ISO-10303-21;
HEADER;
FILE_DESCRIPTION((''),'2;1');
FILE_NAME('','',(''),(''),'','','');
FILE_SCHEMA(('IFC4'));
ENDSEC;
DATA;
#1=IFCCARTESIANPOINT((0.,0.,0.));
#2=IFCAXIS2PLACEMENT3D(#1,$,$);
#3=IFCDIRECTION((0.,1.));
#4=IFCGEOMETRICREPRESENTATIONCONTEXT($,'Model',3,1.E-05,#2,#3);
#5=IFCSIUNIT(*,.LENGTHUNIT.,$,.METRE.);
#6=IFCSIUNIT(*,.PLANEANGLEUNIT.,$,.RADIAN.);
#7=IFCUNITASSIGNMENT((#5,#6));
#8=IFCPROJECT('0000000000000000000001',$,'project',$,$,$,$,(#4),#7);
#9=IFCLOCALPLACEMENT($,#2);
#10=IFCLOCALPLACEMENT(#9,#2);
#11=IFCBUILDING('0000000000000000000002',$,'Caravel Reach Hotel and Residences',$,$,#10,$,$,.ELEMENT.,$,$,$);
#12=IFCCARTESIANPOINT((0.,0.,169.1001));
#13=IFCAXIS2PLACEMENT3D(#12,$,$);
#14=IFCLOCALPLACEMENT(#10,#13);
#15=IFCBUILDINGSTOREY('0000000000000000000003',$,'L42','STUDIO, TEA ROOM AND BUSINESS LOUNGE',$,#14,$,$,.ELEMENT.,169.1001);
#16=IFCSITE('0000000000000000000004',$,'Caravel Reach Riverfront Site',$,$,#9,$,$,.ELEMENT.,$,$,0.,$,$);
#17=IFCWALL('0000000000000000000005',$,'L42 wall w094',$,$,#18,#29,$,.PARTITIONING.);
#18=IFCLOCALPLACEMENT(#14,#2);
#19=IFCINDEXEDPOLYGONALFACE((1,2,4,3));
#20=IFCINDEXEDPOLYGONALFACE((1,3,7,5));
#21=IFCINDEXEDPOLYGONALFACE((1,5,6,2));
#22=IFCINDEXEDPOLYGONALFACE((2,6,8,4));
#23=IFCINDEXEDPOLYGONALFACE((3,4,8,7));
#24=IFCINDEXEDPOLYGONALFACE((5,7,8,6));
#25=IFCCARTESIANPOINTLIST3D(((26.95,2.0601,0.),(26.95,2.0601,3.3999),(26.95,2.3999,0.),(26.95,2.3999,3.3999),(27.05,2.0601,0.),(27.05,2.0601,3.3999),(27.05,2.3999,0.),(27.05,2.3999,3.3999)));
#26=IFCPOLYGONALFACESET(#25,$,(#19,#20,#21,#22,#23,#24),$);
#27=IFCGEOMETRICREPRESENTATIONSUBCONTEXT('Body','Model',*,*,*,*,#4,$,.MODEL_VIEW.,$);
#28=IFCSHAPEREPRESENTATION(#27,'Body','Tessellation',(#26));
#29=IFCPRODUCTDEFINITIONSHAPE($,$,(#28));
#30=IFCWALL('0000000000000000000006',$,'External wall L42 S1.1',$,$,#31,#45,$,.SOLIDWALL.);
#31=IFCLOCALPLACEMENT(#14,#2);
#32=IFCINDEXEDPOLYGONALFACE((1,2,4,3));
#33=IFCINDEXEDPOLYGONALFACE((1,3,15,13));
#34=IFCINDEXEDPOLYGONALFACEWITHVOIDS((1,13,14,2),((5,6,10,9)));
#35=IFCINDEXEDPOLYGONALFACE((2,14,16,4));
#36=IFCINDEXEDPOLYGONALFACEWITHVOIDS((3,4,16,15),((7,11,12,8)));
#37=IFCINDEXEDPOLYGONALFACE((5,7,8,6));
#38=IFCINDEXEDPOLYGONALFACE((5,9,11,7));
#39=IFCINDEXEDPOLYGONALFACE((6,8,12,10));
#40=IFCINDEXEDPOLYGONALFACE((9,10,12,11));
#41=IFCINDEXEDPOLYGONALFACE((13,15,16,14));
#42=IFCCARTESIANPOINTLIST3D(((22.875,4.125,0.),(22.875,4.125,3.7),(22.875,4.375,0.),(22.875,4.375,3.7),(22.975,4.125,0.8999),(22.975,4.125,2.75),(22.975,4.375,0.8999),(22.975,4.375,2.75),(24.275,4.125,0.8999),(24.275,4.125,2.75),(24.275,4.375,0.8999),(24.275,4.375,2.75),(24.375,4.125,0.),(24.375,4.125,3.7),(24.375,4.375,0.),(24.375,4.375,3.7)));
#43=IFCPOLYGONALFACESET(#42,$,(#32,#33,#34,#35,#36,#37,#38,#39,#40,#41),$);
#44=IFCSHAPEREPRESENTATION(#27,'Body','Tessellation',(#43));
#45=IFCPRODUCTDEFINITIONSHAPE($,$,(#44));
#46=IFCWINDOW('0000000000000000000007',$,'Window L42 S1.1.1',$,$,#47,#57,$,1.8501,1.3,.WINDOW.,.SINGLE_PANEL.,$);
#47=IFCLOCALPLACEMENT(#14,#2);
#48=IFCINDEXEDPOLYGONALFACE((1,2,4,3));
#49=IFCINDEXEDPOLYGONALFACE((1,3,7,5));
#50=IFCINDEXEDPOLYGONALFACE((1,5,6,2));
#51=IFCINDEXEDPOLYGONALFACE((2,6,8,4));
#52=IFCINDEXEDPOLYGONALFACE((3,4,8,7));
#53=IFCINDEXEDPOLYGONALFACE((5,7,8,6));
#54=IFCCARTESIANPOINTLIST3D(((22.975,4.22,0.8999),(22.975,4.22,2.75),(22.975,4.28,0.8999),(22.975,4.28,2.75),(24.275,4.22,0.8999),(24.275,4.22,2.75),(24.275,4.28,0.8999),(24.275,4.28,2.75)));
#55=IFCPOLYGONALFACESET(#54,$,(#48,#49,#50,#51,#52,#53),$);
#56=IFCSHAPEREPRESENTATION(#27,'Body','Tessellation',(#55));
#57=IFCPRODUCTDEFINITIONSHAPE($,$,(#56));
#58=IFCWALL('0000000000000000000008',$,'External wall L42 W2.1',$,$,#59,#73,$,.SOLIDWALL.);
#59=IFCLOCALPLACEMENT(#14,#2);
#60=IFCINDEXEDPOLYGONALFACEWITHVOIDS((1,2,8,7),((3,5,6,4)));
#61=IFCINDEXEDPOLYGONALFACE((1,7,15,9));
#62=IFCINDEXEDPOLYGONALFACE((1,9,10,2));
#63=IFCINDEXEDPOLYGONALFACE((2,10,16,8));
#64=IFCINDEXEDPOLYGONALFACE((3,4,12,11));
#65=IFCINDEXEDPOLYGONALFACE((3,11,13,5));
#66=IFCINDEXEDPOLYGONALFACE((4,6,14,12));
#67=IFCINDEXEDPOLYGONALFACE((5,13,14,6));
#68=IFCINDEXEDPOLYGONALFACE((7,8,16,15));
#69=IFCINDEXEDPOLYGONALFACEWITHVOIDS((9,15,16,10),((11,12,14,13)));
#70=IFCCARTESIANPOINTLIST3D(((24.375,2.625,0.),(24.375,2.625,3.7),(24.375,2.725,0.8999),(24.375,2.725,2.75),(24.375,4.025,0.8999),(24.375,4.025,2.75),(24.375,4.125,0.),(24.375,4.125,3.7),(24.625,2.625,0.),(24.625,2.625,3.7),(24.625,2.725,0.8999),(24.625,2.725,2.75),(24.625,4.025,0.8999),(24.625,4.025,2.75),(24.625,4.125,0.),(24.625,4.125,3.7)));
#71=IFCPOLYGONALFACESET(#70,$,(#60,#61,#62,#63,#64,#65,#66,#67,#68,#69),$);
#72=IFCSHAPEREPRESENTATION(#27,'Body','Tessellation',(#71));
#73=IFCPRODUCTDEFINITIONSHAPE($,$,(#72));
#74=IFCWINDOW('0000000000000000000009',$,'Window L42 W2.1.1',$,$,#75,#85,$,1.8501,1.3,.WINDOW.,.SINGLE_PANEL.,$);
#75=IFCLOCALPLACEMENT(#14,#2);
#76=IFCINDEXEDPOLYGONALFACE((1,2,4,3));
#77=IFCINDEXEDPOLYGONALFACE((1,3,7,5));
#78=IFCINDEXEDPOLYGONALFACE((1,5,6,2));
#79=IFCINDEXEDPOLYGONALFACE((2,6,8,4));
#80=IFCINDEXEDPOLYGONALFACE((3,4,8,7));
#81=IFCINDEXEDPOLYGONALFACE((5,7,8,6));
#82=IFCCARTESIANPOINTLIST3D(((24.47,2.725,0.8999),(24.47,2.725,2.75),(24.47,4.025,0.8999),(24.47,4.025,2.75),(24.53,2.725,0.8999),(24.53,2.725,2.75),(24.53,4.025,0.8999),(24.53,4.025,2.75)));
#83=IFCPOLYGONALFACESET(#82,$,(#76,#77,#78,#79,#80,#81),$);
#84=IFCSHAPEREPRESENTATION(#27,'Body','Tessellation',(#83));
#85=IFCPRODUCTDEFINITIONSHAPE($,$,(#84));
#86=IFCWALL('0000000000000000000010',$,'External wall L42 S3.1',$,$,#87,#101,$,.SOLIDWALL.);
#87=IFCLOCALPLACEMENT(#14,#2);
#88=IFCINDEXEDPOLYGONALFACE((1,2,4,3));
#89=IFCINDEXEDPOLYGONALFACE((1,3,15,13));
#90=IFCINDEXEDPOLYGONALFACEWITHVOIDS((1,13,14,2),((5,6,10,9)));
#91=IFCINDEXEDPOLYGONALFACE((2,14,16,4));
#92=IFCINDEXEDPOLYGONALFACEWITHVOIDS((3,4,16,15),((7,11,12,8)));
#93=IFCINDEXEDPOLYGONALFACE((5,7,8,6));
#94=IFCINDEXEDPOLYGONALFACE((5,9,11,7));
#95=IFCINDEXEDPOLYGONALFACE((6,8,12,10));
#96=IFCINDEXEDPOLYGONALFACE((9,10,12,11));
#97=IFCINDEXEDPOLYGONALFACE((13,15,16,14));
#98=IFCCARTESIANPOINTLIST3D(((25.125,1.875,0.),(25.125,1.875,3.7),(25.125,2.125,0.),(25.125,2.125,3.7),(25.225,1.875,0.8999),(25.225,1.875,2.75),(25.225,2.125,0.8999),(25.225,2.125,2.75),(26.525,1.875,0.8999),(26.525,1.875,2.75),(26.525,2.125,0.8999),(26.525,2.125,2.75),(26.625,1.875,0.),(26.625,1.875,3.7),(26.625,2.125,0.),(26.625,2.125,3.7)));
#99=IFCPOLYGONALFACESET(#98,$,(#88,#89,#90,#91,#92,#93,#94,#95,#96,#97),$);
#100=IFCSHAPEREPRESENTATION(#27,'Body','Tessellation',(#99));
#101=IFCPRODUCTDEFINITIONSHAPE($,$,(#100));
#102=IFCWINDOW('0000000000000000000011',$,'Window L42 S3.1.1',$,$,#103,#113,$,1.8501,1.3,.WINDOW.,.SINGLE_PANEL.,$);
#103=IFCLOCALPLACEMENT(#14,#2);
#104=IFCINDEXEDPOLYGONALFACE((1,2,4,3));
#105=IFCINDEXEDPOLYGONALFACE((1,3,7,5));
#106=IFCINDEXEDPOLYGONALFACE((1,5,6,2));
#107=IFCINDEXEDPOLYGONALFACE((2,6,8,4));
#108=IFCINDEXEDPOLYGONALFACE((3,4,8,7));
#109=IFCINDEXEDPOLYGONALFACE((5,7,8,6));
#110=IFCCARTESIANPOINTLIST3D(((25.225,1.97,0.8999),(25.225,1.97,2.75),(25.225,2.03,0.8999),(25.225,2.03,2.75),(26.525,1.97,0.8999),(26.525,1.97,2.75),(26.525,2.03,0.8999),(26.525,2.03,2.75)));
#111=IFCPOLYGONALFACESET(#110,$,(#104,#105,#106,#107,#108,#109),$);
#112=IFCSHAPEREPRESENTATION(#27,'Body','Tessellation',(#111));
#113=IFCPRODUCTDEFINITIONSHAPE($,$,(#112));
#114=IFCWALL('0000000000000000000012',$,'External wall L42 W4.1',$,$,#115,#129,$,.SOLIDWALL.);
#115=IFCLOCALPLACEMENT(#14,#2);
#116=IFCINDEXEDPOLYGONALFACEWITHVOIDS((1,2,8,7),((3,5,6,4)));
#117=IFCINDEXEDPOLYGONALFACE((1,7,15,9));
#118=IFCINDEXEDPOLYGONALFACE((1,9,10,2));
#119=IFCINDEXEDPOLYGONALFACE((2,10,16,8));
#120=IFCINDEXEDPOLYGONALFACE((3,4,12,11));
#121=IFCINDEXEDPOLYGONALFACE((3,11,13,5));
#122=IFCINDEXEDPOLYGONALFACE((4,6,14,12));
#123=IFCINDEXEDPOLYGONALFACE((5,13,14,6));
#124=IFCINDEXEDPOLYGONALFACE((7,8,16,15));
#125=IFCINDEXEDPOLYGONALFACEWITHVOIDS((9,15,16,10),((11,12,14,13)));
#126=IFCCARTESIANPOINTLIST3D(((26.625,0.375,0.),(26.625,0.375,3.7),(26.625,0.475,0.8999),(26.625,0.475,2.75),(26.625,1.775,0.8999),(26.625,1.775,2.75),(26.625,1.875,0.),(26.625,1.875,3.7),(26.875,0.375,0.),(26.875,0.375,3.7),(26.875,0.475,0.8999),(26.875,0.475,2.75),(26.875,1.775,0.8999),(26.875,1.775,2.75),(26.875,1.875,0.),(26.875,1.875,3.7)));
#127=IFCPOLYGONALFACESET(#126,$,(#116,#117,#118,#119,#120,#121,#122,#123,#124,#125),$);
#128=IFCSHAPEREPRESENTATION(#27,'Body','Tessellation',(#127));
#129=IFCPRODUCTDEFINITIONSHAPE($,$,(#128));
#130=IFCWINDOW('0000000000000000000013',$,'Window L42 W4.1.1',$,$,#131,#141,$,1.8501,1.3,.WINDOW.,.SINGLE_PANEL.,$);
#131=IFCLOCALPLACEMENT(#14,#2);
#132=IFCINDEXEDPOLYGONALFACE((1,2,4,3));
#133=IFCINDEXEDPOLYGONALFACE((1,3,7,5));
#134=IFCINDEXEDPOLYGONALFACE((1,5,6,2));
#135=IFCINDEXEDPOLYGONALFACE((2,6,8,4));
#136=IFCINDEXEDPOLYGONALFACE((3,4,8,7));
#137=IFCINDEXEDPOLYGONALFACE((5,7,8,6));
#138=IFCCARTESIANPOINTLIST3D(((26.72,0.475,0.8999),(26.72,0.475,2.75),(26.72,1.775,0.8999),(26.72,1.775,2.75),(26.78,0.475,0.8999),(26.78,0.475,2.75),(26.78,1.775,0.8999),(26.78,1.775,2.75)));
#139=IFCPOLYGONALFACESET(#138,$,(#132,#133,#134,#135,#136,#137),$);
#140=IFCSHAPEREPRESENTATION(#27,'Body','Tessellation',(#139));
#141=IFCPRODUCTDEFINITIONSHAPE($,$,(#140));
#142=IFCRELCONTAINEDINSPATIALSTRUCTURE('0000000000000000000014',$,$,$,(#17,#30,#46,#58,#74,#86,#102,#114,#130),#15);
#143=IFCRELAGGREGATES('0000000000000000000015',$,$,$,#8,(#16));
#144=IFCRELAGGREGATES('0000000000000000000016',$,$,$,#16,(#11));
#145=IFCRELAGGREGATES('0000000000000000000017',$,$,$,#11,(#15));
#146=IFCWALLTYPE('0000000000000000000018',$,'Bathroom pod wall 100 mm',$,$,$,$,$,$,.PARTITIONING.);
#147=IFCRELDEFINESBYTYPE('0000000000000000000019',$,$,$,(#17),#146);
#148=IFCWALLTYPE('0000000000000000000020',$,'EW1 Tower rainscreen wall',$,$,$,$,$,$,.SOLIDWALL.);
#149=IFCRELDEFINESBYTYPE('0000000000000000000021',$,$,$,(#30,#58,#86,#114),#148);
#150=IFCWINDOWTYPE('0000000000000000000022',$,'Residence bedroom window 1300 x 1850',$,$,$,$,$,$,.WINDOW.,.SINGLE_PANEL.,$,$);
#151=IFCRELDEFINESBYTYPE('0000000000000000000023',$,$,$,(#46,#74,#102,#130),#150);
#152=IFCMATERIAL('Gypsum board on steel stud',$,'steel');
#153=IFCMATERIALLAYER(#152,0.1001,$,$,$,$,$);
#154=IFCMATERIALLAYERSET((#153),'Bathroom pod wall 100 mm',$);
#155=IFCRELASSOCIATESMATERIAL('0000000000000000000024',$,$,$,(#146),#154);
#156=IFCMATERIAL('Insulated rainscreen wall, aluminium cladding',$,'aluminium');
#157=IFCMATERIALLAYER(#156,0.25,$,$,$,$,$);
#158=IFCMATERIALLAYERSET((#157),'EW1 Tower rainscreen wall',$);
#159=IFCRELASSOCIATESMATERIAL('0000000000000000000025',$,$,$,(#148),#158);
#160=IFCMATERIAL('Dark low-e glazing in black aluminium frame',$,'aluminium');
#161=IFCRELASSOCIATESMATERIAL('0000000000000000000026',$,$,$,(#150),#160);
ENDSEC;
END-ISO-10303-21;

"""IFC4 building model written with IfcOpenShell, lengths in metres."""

from ifc_helpers import new_model, si_unit, direction, frame, frame_2d, origin, place, context, subcontext, project, spatial, rectangle, extrude, material, layer, layer_set, type_object, element, fill, save


model = new_model("IFC4")

# Units and contexts
model_context = context("Model", 3, precision=1e-05, world=origin(), true_north=direction((0.0, 1.0)))
body_context = subcontext(model_context, "Body", "Model", "MODEL_VIEW")
ifc_project = project(units=[si_unit("LENGTHUNIT", "METRE"), si_unit("PLANEANGLEUNIT", "RADIAN")], contexts=[model_context])

# Site, building, storey
site_placement = place(None, origin())
site = spatial("IfcSite", under=ifc_project, at=site_placement, Name="Caravel Reach Riverfront Site", CompositionType="ELEMENT", RefElevation=0.0)
building_placement = place(site_placement, origin())
building = spatial("IfcBuilding", under=site, at=building_placement, Name="Caravel Reach Hotel and Residences", CompositionType="ELEMENT")
storey_placement = place(building_placement, frame((0.0, 0.0, 169.1001)))
storey = spatial("IfcBuildingStorey", under=building, at=storey_placement, Name="L42", Description="STUDIO, TEA ROOM AND BUSINESS LOUNGE", CompositionType="ELEMENT", Elevation=169.1001)

# Shared definitions
ifc_material_1 = material(Name="Gypsum board on steel stud", Category="steel")
ifc_layer_1 = layer(ifc_material_1, 0.1001)
ifc_layer_set_1 = layer_set([ifc_layer_1], Name="Bathroom pod wall 100 mm")
wall_type_1 = type_object("IfcWallType", Name="Bathroom pod wall 100 mm", PredefinedType="PARTITIONING", material=ifc_layer_set_1)

# Wall
wall_1_placement = place(storey_placement, frame((27.0, 2.0601, 0.0), z_axis=(0.0, 0.0, 1.0), x_axis=(0.0, 1.0, 0.0)))
element("IfcWall", 1, at=wall_1_placement, inside=storey, type_object=wall_type_1, Name="L42 wall w094", PredefinedType="PARTITIONING", context=body_context, shape_type="SweptSolid", body=[
    extrude(rectangle(XDim=0.3398, YDim=0.1001, at=frame_2d((0.1699, 0.0))), origin(), (0.0, 0.0, 1.0), 3.3999),
])

# Walls, openings, windows
ifc_material_2 = material(Name="Insulated rainscreen wall, aluminium cladding", Category="aluminium")
ifc_layer_2 = layer(ifc_material_2, 0.25)
ifc_layer_set_2 = layer_set([ifc_layer_2], Name="EW1 Tower rainscreen wall")
wall_type_2 = type_object("IfcWallType", Name="EW1 Tower rainscreen wall", PredefinedType="SOLIDWALL", material=ifc_layer_set_2)
wall_2_placement = place(storey_placement, frame((22.875, 4.25, 0.0), z_axis=(0.0, 0.0, 1.0), x_axis=(1.0, 0.0, 0.0)))
wall_2 = element("IfcWall", 2, at=wall_2_placement, inside=storey, type_object=wall_type_2, Name="External wall L42 S1.1", PredefinedType="SOLIDWALL", context=body_context, shape_type="SweptSolid", body=[
    extrude(rectangle(XDim=1.5, YDim=0.25, at=frame_2d((0.75, 0.0))), origin(), (0.0, 0.0, 1.0), 3.7),
])
opening_1_placement = place(wall_2_placement, frame((0.1001, 0.0, 0.8999)))
opening_1 = element("IfcOpeningElement", 3, at=opening_1_placement, cuts=wall_2, PredefinedType="OPENING", context=body_context, shape_type="SweptSolid", body=[
    extrude(rectangle(XDim=1.3, YDim=1.8501, at=frame_2d((0.6499, 0.925))), frame((0.0, 0.135, 0.0), z_axis=(0.0, -1.0, 0.0), x_axis=(1.0, 0.0, 0.0)), (0.0, 0.0, 1.0), 0.27),
])
ifc_material_3 = material(Name="Dark low-e glazing in black aluminium frame", Category="aluminium")
window_type_1 = type_object("IfcWindowType", Name="Residence bedroom window 1300 x 1850", PartitioningType="SINGLE_PANEL", PredefinedType="WINDOW", material=ifc_material_3)
window_1_placement = place(opening_1_placement, origin())
window_1 = element("IfcWindow", 4, at=window_1_placement, inside=storey, type_object=window_type_1, Name="Window L42 S1.1.1", OverallHeight=1.8501, OverallWidth=1.3, PartitioningType="SINGLE_PANEL", PredefinedType="WINDOW", context=body_context, shape_type="SweptSolid", body=[
    extrude(rectangle(XDim=1.3, YDim=1.8501, at=frame_2d((0.6499, 0.925))), frame((0.0, 0.03, 0.0), z_axis=(0.0, -1.0, 0.0), x_axis=(1.0, 0.0, 0.0)), (0.0, 0.0, 1.0), 0.0601),
])
fill(opening_1, window_1)
wall_3_placement = place(storey_placement, frame((24.5, 4.125, 0.0), z_axis=(0.0, 0.0, 1.0), x_axis=(0.0, -1.0, 0.0)))
wall_3 = element("IfcWall", 5, at=wall_3_placement, inside=storey, type_object=wall_type_2, Name="External wall L42 W2.1", PredefinedType="SOLIDWALL", context=body_context, shape_type="SweptSolid", body=[
    extrude(rectangle(XDim=1.5, YDim=0.25, at=frame_2d((0.75, 0.0))), origin(), (0.0, 0.0, 1.0), 3.7),
])
opening_2_placement = place(wall_3_placement, frame((0.1001, 0.0, 0.8999)))
opening_2 = element("IfcOpeningElement", 6, at=opening_2_placement, cuts=wall_3, PredefinedType="OPENING", context=body_context, shape_type="SweptSolid", body=[
    extrude(rectangle(XDim=1.3, YDim=1.8501, at=frame_2d((0.6499, 0.925))), frame((0.0, 0.135, 0.0), z_axis=(0.0, -1.0, 0.0), x_axis=(1.0, 0.0, 0.0)), (0.0, 0.0, 1.0), 0.27),
])
window_2_placement = place(opening_2_placement, origin())
window_2 = element("IfcWindow", 7, at=window_2_placement, inside=storey, type_object=window_type_1, Name="Window L42 W2.1.1", OverallHeight=1.8501, OverallWidth=1.3, PartitioningType="SINGLE_PANEL", PredefinedType="WINDOW", context=body_context, shape_type="SweptSolid", body=[
    extrude(rectangle(XDim=1.3, YDim=1.8501, at=frame_2d((0.6499, 0.925))), frame((0.0, 0.03, 0.0), z_axis=(0.0, -1.0, 0.0), x_axis=(1.0, 0.0, 0.0)), (0.0, 0.0, 1.0), 0.0601),
])
fill(opening_2, window_2)
wall_4_placement = place(storey_placement, frame((25.125, 2.0, 0.0), z_axis=(0.0, 0.0, 1.0), x_axis=(1.0, 0.0, 0.0)))
wall_4 = element("IfcWall", 8, at=wall_4_placement, inside=storey, type_object=wall_type_2, Name="External wall L42 S3.1", PredefinedType="SOLIDWALL", context=body_context, shape_type="SweptSolid", body=[
    extrude(rectangle(XDim=1.5, YDim=0.25, at=frame_2d((0.75, 0.0))), origin(), (0.0, 0.0, 1.0), 3.7),
])
opening_3_placement = place(wall_4_placement, frame((0.1001, 0.0, 0.8999)))
opening_3 = element("IfcOpeningElement", 9, at=opening_3_placement, cuts=wall_4, PredefinedType="OPENING", context=body_context, shape_type="SweptSolid", body=[
    extrude(rectangle(XDim=1.3, YDim=1.8501, at=frame_2d((0.6499, 0.925))), frame((0.0, 0.135, 0.0), z_axis=(0.0, -1.0, 0.0), x_axis=(1.0, 0.0, 0.0)), (0.0, 0.0, 1.0), 0.27),
])
window_3_placement = place(opening_3_placement, origin())
window_3 = element("IfcWindow", 10, at=window_3_placement, inside=storey, type_object=window_type_1, Name="Window L42 S3.1.1", OverallHeight=1.8501, OverallWidth=1.3, PartitioningType="SINGLE_PANEL", PredefinedType="WINDOW", context=body_context, shape_type="SweptSolid", body=[
    extrude(rectangle(XDim=1.3, YDim=1.8501, at=frame_2d((0.6499, 0.925))), frame((0.0, 0.03, 0.0), z_axis=(0.0, -1.0, 0.0), x_axis=(1.0, 0.0, 0.0)), (0.0, 0.0, 1.0), 0.0601),
])
fill(opening_3, window_3)
wall_5_placement = place(storey_placement, frame((26.75, 1.875, 0.0), z_axis=(0.0, 0.0, 1.0), x_axis=(0.0, -1.0, 0.0)))
wall_5 = element("IfcWall", 11, at=wall_5_placement, inside=storey, type_object=wall_type_2, Name="External wall L42 W4.1", PredefinedType="SOLIDWALL", context=body_context, shape_type="SweptSolid", body=[
    extrude(rectangle(XDim=1.5, YDim=0.25, at=frame_2d((0.75, 0.0))), origin(), (0.0, 0.0, 1.0), 3.7),
])
opening_4_placement = place(wall_5_placement, frame((0.1001, 0.0, 0.8999)))
opening_4 = element("IfcOpeningElement", 12, at=opening_4_placement, cuts=wall_5, PredefinedType="OPENING", context=body_context, shape_type="SweptSolid", body=[
    extrude(rectangle(XDim=1.3, YDim=1.8501, at=frame_2d((0.6499, 0.925))), frame((0.0, 0.135, 0.0), z_axis=(0.0, -1.0, 0.0), x_axis=(1.0, 0.0, 0.0)), (0.0, 0.0, 1.0), 0.27),
])
window_4_placement = place(opening_4_placement, origin())
window_4 = element("IfcWindow", 13, at=window_4_placement, inside=storey, type_object=window_type_1, Name="Window L42 W4.1.1", OverallHeight=1.8501, OverallWidth=1.3, PartitioningType="SINGLE_PANEL", PredefinedType="WINDOW", context=body_context, shape_type="SweptSolid", body=[
    extrude(rectangle(XDim=1.3, YDim=1.8501, at=frame_2d((0.6499, 0.925))), frame((0.0, 0.03, 0.0), z_axis=(0.0, -1.0, 0.0), x_axis=(1.0, 0.0, 0.0)), (0.0, 0.0, 1.0), 0.0601),
])
fill(opening_4, window_4)

save(model, "model.ifc")
